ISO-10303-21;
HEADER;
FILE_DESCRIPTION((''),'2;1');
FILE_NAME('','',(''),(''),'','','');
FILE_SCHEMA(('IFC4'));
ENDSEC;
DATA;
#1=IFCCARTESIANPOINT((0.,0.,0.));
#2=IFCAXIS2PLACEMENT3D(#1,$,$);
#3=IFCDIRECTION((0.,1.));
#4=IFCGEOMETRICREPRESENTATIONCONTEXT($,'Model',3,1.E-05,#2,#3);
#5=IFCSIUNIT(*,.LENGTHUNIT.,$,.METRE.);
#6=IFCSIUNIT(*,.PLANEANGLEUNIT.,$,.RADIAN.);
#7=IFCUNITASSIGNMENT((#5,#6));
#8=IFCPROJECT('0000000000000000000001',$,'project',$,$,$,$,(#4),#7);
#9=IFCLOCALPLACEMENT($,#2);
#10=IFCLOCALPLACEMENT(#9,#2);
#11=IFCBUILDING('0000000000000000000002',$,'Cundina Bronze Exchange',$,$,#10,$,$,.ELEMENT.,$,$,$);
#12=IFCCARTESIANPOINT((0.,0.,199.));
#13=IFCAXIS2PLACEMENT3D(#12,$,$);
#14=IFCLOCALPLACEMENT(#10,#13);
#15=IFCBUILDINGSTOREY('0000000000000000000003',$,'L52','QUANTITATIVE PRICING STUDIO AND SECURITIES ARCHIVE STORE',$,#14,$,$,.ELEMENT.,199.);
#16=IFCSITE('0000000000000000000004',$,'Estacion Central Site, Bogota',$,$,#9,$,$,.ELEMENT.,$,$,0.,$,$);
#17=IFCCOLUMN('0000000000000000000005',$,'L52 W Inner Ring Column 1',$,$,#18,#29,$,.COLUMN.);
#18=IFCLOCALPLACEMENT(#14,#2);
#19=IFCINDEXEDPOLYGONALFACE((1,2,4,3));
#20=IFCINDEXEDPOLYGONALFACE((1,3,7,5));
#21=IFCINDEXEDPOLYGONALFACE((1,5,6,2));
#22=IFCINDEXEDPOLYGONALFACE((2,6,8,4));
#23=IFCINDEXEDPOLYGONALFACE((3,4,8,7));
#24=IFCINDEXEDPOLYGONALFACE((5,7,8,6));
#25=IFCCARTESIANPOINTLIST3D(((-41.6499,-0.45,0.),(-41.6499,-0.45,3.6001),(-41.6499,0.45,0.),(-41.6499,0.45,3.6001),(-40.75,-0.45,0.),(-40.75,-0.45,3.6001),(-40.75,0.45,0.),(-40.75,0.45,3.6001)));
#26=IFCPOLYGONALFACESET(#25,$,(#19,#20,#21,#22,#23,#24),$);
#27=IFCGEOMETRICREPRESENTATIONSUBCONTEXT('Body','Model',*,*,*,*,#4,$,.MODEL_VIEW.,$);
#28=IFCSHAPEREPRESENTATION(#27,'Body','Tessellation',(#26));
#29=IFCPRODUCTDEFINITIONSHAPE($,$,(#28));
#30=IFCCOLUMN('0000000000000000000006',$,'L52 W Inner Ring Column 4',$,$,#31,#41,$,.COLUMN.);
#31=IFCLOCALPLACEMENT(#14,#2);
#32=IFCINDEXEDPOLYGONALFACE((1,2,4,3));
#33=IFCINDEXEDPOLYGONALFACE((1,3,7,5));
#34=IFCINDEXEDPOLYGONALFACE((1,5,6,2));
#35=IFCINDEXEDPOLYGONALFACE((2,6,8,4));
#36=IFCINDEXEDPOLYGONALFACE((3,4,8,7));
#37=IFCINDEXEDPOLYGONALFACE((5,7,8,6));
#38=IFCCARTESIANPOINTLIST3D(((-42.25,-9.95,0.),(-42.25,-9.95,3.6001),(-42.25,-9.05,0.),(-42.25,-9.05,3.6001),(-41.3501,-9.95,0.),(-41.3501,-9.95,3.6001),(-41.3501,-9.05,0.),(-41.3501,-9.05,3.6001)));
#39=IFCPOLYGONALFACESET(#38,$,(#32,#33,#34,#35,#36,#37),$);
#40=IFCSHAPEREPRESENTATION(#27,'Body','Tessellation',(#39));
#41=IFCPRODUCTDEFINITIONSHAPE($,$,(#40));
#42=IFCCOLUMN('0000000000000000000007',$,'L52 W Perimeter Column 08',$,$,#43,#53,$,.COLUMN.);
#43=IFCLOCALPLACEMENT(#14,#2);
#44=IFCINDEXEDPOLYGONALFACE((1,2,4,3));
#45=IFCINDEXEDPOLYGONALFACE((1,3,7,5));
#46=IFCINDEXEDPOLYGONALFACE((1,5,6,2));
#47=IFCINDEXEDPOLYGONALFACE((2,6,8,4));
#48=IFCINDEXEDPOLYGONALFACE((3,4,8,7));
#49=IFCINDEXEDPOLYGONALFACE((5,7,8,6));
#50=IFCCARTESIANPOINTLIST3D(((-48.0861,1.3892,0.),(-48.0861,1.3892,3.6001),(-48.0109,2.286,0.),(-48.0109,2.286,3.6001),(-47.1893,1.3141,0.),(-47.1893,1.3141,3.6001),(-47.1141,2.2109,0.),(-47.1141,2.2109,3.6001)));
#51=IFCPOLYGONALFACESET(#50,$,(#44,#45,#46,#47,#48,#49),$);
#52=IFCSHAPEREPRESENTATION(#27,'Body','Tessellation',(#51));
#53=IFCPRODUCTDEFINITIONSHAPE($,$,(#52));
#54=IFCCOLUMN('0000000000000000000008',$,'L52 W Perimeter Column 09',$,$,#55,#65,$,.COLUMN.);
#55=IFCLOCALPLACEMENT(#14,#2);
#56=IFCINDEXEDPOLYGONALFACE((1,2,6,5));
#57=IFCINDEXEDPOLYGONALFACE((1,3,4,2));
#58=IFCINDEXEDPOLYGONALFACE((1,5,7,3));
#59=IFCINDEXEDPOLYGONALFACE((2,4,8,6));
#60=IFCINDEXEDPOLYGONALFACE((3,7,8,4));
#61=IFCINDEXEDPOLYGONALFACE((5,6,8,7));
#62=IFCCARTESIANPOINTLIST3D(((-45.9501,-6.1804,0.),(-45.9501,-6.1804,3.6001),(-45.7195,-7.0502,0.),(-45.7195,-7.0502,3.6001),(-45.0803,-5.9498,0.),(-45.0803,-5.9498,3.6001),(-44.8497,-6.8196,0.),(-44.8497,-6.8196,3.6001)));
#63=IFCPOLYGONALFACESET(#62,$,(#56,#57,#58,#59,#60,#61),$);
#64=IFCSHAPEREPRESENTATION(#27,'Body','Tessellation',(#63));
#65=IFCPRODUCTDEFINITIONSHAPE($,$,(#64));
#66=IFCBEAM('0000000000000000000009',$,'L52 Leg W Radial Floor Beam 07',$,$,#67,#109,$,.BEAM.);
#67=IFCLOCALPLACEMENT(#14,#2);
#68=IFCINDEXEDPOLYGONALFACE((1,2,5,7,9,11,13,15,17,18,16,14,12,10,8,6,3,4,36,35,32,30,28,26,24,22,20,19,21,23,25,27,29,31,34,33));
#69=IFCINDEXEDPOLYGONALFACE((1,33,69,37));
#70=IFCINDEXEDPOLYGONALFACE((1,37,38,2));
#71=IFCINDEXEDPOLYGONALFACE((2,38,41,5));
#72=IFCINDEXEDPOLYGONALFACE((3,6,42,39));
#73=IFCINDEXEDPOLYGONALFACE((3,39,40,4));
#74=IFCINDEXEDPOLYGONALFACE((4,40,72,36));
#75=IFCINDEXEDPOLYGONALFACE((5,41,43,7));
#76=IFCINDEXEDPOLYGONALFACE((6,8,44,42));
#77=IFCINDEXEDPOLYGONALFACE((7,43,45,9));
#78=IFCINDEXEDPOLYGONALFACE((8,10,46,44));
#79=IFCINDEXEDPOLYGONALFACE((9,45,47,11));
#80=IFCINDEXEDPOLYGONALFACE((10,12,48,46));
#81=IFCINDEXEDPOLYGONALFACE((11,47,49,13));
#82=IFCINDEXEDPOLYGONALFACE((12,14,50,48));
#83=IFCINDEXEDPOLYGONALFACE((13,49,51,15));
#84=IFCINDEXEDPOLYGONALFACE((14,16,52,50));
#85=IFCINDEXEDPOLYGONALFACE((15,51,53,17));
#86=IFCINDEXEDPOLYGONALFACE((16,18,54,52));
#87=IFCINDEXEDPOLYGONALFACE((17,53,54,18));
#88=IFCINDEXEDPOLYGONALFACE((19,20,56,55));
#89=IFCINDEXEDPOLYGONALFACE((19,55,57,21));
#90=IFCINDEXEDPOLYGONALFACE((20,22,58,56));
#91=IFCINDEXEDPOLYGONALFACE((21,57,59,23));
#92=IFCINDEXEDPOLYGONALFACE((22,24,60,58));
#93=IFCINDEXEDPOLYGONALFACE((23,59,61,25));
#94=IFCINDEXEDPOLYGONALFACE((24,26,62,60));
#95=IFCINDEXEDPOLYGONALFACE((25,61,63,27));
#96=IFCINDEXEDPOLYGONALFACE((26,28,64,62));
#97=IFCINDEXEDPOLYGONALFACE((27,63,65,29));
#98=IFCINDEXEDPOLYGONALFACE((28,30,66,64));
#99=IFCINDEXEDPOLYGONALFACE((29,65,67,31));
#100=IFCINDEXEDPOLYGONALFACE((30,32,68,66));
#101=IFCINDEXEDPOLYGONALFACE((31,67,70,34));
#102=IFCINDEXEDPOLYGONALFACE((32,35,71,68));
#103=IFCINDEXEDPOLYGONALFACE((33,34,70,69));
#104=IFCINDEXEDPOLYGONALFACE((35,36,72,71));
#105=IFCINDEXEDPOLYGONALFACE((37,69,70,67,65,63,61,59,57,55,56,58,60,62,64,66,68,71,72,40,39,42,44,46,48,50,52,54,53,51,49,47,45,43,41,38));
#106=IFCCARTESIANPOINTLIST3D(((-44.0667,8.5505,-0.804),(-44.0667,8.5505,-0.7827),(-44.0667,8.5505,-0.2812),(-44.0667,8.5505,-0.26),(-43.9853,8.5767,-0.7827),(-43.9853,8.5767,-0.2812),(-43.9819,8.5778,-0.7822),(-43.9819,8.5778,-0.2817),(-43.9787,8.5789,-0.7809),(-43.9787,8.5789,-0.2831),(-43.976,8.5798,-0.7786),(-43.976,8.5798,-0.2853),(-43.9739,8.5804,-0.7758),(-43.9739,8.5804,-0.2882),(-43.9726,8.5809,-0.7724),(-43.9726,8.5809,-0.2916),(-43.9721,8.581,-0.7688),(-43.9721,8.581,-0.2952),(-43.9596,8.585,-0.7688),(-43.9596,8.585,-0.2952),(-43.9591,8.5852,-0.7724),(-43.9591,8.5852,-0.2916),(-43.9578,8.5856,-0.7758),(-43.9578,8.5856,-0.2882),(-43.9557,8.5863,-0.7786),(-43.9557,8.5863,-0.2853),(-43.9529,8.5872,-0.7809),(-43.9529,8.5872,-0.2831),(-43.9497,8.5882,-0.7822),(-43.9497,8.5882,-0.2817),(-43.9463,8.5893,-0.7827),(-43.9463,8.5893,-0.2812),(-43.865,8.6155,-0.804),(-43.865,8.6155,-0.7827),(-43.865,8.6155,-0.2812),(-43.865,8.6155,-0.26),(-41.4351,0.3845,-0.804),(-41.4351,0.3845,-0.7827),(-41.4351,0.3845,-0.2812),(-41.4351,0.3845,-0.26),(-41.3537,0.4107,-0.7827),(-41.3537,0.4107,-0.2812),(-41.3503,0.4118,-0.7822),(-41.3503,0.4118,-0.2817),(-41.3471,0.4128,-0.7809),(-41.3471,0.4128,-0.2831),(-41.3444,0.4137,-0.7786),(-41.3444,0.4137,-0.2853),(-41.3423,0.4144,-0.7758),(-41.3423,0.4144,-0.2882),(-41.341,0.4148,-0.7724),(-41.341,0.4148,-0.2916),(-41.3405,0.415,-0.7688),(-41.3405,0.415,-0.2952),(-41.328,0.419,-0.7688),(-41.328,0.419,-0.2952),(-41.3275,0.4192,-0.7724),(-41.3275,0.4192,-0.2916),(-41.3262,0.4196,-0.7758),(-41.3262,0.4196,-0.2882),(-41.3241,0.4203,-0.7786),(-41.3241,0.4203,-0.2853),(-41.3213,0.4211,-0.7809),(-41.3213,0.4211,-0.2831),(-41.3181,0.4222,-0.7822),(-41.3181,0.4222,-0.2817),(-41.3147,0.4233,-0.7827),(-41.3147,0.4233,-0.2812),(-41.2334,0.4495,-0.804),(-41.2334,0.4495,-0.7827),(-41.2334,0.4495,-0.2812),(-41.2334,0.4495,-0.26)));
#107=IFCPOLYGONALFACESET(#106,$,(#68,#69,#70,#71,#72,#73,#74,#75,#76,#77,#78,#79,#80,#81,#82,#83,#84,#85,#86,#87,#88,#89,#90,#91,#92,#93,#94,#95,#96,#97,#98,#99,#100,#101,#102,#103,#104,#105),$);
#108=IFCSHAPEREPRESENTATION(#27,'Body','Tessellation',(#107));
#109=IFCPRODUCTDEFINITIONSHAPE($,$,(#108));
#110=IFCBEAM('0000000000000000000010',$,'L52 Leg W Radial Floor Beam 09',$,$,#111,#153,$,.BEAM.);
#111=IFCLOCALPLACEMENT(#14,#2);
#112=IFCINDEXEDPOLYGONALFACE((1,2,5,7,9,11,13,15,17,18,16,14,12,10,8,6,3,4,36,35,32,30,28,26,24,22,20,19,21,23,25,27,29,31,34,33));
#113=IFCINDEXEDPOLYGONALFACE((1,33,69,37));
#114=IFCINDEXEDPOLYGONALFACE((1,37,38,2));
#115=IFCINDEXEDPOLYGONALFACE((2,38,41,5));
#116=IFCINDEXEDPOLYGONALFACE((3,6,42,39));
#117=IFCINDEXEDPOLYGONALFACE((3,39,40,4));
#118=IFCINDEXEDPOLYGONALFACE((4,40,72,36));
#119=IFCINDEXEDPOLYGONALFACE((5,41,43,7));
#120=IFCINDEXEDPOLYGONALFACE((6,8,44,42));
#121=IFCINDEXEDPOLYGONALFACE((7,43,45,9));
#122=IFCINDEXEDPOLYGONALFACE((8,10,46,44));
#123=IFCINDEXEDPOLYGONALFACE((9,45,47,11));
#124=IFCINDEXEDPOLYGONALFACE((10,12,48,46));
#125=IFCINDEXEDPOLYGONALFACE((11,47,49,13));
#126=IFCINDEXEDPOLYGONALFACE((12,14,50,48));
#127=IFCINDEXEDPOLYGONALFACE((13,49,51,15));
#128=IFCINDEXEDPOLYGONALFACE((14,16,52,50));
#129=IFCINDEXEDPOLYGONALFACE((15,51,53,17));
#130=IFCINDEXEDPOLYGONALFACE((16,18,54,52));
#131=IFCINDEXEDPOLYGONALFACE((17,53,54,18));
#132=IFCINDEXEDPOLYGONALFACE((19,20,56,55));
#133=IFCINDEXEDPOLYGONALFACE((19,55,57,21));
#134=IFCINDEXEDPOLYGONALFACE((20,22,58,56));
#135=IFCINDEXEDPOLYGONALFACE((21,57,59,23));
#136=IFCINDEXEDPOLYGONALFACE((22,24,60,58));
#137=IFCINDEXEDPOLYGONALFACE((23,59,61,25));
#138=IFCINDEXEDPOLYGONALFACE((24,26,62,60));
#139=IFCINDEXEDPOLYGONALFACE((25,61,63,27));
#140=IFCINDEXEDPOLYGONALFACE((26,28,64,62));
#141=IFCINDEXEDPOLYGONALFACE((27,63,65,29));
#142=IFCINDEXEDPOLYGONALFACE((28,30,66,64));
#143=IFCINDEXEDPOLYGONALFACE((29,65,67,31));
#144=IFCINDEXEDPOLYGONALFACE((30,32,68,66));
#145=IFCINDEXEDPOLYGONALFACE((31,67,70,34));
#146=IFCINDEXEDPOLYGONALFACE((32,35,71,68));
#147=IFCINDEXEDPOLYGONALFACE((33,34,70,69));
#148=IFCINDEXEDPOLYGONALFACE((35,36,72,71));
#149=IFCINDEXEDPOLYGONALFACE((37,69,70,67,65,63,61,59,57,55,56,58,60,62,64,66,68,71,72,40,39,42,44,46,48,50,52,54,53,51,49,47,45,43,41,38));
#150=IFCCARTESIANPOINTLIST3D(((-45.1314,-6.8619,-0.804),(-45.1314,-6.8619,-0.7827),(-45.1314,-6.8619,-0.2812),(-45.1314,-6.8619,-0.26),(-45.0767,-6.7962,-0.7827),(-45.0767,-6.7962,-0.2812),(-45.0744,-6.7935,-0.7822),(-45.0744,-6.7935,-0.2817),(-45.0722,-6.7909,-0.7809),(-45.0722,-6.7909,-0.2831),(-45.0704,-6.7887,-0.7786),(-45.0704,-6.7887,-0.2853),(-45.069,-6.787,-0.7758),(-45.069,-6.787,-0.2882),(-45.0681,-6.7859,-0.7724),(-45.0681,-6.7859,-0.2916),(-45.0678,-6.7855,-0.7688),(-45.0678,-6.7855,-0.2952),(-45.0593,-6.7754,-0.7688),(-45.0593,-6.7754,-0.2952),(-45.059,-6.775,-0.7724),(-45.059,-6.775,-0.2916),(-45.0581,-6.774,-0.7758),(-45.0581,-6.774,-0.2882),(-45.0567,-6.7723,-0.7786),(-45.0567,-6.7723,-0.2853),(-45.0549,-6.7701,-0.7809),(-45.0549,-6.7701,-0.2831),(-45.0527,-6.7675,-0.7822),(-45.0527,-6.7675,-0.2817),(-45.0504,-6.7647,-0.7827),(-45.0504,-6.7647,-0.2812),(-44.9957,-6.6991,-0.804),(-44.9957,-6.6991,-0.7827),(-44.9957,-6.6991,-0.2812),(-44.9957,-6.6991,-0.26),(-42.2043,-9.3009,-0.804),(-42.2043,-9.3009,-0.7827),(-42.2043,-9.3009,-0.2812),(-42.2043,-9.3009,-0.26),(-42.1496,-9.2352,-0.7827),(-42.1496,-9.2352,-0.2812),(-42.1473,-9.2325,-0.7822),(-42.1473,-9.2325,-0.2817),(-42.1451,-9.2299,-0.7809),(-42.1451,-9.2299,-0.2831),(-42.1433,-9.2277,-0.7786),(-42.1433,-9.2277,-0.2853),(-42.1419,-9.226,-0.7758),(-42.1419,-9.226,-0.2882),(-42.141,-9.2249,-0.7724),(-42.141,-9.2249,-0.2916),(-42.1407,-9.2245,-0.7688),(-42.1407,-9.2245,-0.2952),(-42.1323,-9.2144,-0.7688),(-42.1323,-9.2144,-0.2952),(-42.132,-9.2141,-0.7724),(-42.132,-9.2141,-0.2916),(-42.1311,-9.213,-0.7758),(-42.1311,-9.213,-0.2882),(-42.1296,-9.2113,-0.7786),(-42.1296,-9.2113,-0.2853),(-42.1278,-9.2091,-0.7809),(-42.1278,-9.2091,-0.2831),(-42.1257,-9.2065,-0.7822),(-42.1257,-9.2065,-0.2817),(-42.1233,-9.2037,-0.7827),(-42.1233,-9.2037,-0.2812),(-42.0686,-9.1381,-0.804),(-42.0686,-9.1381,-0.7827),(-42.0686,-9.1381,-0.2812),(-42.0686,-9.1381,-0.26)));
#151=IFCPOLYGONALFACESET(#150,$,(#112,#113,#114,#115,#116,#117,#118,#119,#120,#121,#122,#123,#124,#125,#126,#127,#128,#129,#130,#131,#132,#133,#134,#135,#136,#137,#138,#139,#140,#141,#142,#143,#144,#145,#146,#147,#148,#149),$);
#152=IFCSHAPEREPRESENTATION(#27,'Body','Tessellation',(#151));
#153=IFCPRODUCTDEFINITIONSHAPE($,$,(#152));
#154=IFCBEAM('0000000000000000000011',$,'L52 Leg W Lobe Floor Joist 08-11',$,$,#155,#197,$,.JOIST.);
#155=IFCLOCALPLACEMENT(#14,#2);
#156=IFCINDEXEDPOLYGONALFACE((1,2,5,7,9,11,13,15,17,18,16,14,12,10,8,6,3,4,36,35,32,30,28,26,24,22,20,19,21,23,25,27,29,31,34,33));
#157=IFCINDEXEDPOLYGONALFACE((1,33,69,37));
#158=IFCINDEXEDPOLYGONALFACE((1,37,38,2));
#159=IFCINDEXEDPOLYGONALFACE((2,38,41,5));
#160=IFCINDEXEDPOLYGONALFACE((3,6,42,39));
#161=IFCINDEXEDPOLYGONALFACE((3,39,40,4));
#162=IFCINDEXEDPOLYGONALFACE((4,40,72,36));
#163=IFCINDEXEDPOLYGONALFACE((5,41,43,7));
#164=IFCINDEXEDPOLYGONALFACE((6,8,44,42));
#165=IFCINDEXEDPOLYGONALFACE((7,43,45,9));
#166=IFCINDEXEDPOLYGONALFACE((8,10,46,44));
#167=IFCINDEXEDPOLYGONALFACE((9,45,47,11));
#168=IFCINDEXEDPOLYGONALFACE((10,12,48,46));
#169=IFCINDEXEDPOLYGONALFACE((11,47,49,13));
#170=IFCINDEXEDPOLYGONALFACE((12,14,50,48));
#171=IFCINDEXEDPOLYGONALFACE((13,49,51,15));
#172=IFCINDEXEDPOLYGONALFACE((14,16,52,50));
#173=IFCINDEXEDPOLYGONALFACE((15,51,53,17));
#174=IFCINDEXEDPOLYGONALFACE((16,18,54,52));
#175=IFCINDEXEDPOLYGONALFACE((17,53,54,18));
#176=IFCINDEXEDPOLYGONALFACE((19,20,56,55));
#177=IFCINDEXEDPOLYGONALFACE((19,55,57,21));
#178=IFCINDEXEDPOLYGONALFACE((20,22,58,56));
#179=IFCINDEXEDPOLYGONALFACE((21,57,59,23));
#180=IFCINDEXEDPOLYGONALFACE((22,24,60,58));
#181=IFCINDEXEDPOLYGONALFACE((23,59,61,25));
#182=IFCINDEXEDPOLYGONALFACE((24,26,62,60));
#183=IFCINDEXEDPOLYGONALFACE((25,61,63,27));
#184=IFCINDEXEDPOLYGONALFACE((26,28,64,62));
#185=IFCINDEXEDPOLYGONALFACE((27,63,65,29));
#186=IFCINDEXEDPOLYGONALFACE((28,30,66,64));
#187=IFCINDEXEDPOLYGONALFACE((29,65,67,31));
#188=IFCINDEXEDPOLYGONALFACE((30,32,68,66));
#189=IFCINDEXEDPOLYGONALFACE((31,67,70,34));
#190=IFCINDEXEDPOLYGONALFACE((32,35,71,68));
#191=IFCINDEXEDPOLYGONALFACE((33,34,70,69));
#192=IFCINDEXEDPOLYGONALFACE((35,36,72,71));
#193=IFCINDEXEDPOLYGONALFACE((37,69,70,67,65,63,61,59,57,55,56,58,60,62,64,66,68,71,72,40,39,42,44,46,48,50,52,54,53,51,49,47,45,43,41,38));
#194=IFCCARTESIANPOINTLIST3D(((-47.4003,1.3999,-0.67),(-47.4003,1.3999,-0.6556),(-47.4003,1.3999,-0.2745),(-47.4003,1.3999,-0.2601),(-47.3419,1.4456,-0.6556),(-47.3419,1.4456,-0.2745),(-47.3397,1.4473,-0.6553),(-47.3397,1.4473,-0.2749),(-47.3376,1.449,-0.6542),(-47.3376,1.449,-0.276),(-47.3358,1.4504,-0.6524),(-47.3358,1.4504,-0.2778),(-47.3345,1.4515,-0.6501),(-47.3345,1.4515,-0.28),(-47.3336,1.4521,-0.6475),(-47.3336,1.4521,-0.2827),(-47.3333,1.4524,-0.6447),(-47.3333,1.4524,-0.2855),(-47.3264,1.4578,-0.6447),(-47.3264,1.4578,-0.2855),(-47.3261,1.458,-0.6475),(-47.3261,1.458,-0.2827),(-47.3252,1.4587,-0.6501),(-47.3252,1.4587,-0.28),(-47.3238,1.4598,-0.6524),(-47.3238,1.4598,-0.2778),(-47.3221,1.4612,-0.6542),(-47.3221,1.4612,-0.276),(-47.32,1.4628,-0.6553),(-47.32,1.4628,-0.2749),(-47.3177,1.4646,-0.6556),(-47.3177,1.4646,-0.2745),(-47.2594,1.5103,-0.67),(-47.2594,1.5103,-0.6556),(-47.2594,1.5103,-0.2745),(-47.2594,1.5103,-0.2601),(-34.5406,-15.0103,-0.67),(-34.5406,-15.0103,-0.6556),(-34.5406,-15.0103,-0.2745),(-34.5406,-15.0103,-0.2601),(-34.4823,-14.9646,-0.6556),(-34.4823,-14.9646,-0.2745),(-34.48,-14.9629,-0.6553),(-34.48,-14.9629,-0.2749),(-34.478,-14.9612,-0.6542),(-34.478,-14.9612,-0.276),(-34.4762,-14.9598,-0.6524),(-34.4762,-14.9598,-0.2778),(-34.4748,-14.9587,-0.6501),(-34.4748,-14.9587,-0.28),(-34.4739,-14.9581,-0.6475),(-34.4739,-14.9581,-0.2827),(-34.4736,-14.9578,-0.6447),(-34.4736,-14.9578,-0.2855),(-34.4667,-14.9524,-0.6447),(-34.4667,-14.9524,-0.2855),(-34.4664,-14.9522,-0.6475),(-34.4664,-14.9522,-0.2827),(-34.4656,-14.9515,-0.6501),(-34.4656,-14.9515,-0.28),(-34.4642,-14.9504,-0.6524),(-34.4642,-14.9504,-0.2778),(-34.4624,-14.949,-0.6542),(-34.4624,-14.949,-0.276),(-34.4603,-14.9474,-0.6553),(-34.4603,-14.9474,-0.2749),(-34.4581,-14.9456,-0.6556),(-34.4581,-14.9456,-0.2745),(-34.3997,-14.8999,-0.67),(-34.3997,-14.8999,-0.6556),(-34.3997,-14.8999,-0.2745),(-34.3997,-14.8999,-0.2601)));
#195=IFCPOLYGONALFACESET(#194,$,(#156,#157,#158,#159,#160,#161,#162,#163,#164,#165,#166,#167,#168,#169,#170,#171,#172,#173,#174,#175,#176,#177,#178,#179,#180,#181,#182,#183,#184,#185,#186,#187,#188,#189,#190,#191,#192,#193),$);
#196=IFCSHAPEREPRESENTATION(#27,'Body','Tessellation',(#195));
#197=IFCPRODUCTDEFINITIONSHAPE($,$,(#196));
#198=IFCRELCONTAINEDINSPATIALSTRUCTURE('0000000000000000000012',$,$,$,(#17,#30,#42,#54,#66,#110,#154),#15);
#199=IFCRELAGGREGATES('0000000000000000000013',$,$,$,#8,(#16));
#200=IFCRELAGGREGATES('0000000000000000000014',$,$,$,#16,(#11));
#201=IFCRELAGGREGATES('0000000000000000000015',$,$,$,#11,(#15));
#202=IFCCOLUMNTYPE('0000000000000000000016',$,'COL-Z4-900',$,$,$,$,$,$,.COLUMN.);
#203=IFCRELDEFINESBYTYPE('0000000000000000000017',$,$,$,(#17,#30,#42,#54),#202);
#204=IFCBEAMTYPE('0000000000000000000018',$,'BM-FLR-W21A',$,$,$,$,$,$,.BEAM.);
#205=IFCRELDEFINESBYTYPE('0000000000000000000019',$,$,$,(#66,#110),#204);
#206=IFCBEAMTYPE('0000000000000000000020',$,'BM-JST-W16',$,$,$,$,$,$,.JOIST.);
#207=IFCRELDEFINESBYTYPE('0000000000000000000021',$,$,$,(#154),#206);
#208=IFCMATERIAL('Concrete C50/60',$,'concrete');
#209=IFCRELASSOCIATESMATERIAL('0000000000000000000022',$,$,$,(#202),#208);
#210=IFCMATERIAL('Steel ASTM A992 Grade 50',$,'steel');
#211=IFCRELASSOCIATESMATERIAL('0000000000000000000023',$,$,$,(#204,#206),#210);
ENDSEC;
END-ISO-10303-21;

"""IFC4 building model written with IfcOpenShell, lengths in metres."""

from ifc_helpers import new_model, si_unit, direction, frame, origin, origin_2d, place, context, subcontext, project, spatial, rectangle, i_section, extrude, material, material_profile, profile_set, type_object, element, save


model = new_model("IFC4")

# Units and contexts
model_context = context("Model", 3, precision=1e-05, world=origin(), true_north=direction((0.0, 1.0)))
body_context = subcontext(model_context, "Body", "Model", "MODEL_VIEW")
ifc_project = project(units=[si_unit("LENGTHUNIT", "METRE"), si_unit("PLANEANGLEUNIT", "RADIAN")], contexts=[model_context])

# Site, building, storey
site_placement = place(None, origin())
site = spatial("IfcSite", under=ifc_project, at=site_placement, Name="Estacion Central Site, Bogota", CompositionType="ELEMENT", RefElevation=0.0)
building_placement = place(site_placement, origin())
building = spatial("IfcBuilding", under=site, at=building_placement, Name="Cundina Bronze Exchange", CompositionType="ELEMENT")
storey_placement = place(building_placement, frame((0.0, 0.0, 199.0)))
storey = spatial("IfcBuildingStorey", under=building, at=storey_placement, Name="L52", Description="QUANTITATIVE PRICING STUDIO AND SECURITIES ARCHIVE STORE", CompositionType="ELEMENT", Elevation=199.0)

# Columns
ifc_material_1 = material(Name="Concrete C50/60", Category="concrete")
ifc_material_profile_1 = material_profile(ifc_material_1, rectangle(XDim=0.8999, YDim=0.8999, at=origin_2d()), Name="RC900X900", Category="concrete")
ifc_profile_set_1 = profile_set([ifc_material_profile_1], Name="Concrete C50/60")
column_type = type_object("IfcColumnType", Name="COL-Z4-900", PredefinedType="COLUMN", material=ifc_profile_set_1)
for number, where, z_axis, x_axis, name in (
    (1, (-41.2, 0.0, 0.0), (0.0, 0.0, 1.0), (1.0, 0.0, 0.0), "L52 W Inner Ring Column 1"),
    (2, (-41.8, -9.5, 0.0), (0.0, 0.0, 1.0), (1.0, 0.0, 0.0), "L52 W Inner Ring Column 4"),
    (3, (-47.6001, 1.8, 0.0), (0.0, 0.0, 1.0), (-0.083504, -0.996507, 0.0), "L52 W Perimeter Column 08"),
    (4, (-45.3999, -6.5, 0.0), (0.0, 0.0, 1.0), (0.256289, -0.9666, 0.0), "L52 W Perimeter Column 09"),
):
    element("IfcColumn", number, at=place(storey_placement, frame(where, z_axis=z_axis, x_axis=x_axis)), inside=storey, type_object=column_type, Name=name, PredefinedType="COLUMN", context=body_context, shape_type="SweptSolid", body=[
        extrude(rectangle(XDim=0.8999, YDim=0.8999, at=origin_2d()), origin(), (0.0, 0.0, 1.0), 3.6001),
    ])

# Beams
ifc_material_2 = material(Name="Steel ASTM A992 Grade 50", Category="steel")
ifc_material_profile_2 = material_profile(ifc_material_2, i_section(OverallWidth=0.2119, OverallDepth=0.5439, WebThickness=0.0132, FlangeThickness=0.0212, FilletRadius=0.0139, at=origin_2d()), Name="W21X83", Category="steel")
ifc_profile_set_2 = profile_set([ifc_material_profile_2], Name="Steel ASTM A992 Grade 50")
beam_type_1 = type_object("IfcBeamType", Name="BM-FLR-W21A", PredefinedType="BEAM", material=ifc_profile_set_2)
beam_1_placement = place(storey_placement, frame((-41.3342, 0.417, -0.532), z_axis=(-0.306728, 0.951797, 0.0), x_axis=(-0.951797, -0.306728, 0.0)))
element("IfcBeam", 5, at=beam_1_placement, inside=storey, type_object=beam_type_1, Name="L52 Leg W Radial Floor Beam 07", PredefinedType="BEAM", context=body_context, shape_type="SweptSolid", body=[
    extrude(i_section(OverallWidth=0.2119, OverallDepth=0.5439, WebThickness=0.0132, FlangeThickness=0.0212, FilletRadius=0.0139, at=origin_2d()), origin(), (0.0, 0.0, 1.0), 8.5796),
])
beam_2_placement = place(storey_placement, frame((-42.1365, -9.2195, -0.532), z_axis=(-0.768248, 0.640153, 0.0), x_axis=(-0.640153, -0.768248, 0.0)))
element("IfcBeam", 6, at=beam_2_placement, inside=storey, type_object=beam_type_1, Name="L52 Leg W Radial Floor Beam 09", PredefinedType="BEAM", context=body_context, shape_type="SweptSolid", body=[
    extrude(i_section(OverallWidth=0.2119, OverallDepth=0.5439, WebThickness=0.0132, FlangeThickness=0.0212, FilletRadius=0.0139, at=origin_2d()), origin(), (0.0, 0.0, 1.0), 3.8101),
])
ifc_material_profile_3 = material_profile(ifc_material_2, i_section(OverallWidth=0.179, OverallDepth=0.4099, WebThickness=0.0088, FlangeThickness=0.0144, FilletRadius=0.011, at=origin_2d()), Name="W16X45", Category="steel")
ifc_profile_set_3 = profile_set([ifc_material_profile_3], Name="Steel ASTM A992 Grade 50")
beam_type_2 = type_object("IfcBeamType", Name="BM-JST-W16", PredefinedType="JOIST", material=ifc_profile_set_3)
beam_3_placement = place(storey_placement, frame((-47.3298, 1.4551, -0.4651), z_axis=(0.61681, -0.787112, 0.0), x_axis=(0.787112, 0.61681, 0.0)))
element("IfcBeam", 7, at=beam_3_placement, inside=storey, type_object=beam_type_2, Name="L52 Leg W Lobe Floor Joist 08-11", PredefinedType="JOIST", context=body_context, shape_type="SweptSolid", body=[
    extrude(i_section(OverallWidth=0.179, OverallDepth=0.4099, WebThickness=0.0088, FlangeThickness=0.0144, FilletRadius=0.011, at=origin_2d()), origin(), (0.0, 0.0, 1.0), 20.8486),
])

save(model, "model.ifc")
